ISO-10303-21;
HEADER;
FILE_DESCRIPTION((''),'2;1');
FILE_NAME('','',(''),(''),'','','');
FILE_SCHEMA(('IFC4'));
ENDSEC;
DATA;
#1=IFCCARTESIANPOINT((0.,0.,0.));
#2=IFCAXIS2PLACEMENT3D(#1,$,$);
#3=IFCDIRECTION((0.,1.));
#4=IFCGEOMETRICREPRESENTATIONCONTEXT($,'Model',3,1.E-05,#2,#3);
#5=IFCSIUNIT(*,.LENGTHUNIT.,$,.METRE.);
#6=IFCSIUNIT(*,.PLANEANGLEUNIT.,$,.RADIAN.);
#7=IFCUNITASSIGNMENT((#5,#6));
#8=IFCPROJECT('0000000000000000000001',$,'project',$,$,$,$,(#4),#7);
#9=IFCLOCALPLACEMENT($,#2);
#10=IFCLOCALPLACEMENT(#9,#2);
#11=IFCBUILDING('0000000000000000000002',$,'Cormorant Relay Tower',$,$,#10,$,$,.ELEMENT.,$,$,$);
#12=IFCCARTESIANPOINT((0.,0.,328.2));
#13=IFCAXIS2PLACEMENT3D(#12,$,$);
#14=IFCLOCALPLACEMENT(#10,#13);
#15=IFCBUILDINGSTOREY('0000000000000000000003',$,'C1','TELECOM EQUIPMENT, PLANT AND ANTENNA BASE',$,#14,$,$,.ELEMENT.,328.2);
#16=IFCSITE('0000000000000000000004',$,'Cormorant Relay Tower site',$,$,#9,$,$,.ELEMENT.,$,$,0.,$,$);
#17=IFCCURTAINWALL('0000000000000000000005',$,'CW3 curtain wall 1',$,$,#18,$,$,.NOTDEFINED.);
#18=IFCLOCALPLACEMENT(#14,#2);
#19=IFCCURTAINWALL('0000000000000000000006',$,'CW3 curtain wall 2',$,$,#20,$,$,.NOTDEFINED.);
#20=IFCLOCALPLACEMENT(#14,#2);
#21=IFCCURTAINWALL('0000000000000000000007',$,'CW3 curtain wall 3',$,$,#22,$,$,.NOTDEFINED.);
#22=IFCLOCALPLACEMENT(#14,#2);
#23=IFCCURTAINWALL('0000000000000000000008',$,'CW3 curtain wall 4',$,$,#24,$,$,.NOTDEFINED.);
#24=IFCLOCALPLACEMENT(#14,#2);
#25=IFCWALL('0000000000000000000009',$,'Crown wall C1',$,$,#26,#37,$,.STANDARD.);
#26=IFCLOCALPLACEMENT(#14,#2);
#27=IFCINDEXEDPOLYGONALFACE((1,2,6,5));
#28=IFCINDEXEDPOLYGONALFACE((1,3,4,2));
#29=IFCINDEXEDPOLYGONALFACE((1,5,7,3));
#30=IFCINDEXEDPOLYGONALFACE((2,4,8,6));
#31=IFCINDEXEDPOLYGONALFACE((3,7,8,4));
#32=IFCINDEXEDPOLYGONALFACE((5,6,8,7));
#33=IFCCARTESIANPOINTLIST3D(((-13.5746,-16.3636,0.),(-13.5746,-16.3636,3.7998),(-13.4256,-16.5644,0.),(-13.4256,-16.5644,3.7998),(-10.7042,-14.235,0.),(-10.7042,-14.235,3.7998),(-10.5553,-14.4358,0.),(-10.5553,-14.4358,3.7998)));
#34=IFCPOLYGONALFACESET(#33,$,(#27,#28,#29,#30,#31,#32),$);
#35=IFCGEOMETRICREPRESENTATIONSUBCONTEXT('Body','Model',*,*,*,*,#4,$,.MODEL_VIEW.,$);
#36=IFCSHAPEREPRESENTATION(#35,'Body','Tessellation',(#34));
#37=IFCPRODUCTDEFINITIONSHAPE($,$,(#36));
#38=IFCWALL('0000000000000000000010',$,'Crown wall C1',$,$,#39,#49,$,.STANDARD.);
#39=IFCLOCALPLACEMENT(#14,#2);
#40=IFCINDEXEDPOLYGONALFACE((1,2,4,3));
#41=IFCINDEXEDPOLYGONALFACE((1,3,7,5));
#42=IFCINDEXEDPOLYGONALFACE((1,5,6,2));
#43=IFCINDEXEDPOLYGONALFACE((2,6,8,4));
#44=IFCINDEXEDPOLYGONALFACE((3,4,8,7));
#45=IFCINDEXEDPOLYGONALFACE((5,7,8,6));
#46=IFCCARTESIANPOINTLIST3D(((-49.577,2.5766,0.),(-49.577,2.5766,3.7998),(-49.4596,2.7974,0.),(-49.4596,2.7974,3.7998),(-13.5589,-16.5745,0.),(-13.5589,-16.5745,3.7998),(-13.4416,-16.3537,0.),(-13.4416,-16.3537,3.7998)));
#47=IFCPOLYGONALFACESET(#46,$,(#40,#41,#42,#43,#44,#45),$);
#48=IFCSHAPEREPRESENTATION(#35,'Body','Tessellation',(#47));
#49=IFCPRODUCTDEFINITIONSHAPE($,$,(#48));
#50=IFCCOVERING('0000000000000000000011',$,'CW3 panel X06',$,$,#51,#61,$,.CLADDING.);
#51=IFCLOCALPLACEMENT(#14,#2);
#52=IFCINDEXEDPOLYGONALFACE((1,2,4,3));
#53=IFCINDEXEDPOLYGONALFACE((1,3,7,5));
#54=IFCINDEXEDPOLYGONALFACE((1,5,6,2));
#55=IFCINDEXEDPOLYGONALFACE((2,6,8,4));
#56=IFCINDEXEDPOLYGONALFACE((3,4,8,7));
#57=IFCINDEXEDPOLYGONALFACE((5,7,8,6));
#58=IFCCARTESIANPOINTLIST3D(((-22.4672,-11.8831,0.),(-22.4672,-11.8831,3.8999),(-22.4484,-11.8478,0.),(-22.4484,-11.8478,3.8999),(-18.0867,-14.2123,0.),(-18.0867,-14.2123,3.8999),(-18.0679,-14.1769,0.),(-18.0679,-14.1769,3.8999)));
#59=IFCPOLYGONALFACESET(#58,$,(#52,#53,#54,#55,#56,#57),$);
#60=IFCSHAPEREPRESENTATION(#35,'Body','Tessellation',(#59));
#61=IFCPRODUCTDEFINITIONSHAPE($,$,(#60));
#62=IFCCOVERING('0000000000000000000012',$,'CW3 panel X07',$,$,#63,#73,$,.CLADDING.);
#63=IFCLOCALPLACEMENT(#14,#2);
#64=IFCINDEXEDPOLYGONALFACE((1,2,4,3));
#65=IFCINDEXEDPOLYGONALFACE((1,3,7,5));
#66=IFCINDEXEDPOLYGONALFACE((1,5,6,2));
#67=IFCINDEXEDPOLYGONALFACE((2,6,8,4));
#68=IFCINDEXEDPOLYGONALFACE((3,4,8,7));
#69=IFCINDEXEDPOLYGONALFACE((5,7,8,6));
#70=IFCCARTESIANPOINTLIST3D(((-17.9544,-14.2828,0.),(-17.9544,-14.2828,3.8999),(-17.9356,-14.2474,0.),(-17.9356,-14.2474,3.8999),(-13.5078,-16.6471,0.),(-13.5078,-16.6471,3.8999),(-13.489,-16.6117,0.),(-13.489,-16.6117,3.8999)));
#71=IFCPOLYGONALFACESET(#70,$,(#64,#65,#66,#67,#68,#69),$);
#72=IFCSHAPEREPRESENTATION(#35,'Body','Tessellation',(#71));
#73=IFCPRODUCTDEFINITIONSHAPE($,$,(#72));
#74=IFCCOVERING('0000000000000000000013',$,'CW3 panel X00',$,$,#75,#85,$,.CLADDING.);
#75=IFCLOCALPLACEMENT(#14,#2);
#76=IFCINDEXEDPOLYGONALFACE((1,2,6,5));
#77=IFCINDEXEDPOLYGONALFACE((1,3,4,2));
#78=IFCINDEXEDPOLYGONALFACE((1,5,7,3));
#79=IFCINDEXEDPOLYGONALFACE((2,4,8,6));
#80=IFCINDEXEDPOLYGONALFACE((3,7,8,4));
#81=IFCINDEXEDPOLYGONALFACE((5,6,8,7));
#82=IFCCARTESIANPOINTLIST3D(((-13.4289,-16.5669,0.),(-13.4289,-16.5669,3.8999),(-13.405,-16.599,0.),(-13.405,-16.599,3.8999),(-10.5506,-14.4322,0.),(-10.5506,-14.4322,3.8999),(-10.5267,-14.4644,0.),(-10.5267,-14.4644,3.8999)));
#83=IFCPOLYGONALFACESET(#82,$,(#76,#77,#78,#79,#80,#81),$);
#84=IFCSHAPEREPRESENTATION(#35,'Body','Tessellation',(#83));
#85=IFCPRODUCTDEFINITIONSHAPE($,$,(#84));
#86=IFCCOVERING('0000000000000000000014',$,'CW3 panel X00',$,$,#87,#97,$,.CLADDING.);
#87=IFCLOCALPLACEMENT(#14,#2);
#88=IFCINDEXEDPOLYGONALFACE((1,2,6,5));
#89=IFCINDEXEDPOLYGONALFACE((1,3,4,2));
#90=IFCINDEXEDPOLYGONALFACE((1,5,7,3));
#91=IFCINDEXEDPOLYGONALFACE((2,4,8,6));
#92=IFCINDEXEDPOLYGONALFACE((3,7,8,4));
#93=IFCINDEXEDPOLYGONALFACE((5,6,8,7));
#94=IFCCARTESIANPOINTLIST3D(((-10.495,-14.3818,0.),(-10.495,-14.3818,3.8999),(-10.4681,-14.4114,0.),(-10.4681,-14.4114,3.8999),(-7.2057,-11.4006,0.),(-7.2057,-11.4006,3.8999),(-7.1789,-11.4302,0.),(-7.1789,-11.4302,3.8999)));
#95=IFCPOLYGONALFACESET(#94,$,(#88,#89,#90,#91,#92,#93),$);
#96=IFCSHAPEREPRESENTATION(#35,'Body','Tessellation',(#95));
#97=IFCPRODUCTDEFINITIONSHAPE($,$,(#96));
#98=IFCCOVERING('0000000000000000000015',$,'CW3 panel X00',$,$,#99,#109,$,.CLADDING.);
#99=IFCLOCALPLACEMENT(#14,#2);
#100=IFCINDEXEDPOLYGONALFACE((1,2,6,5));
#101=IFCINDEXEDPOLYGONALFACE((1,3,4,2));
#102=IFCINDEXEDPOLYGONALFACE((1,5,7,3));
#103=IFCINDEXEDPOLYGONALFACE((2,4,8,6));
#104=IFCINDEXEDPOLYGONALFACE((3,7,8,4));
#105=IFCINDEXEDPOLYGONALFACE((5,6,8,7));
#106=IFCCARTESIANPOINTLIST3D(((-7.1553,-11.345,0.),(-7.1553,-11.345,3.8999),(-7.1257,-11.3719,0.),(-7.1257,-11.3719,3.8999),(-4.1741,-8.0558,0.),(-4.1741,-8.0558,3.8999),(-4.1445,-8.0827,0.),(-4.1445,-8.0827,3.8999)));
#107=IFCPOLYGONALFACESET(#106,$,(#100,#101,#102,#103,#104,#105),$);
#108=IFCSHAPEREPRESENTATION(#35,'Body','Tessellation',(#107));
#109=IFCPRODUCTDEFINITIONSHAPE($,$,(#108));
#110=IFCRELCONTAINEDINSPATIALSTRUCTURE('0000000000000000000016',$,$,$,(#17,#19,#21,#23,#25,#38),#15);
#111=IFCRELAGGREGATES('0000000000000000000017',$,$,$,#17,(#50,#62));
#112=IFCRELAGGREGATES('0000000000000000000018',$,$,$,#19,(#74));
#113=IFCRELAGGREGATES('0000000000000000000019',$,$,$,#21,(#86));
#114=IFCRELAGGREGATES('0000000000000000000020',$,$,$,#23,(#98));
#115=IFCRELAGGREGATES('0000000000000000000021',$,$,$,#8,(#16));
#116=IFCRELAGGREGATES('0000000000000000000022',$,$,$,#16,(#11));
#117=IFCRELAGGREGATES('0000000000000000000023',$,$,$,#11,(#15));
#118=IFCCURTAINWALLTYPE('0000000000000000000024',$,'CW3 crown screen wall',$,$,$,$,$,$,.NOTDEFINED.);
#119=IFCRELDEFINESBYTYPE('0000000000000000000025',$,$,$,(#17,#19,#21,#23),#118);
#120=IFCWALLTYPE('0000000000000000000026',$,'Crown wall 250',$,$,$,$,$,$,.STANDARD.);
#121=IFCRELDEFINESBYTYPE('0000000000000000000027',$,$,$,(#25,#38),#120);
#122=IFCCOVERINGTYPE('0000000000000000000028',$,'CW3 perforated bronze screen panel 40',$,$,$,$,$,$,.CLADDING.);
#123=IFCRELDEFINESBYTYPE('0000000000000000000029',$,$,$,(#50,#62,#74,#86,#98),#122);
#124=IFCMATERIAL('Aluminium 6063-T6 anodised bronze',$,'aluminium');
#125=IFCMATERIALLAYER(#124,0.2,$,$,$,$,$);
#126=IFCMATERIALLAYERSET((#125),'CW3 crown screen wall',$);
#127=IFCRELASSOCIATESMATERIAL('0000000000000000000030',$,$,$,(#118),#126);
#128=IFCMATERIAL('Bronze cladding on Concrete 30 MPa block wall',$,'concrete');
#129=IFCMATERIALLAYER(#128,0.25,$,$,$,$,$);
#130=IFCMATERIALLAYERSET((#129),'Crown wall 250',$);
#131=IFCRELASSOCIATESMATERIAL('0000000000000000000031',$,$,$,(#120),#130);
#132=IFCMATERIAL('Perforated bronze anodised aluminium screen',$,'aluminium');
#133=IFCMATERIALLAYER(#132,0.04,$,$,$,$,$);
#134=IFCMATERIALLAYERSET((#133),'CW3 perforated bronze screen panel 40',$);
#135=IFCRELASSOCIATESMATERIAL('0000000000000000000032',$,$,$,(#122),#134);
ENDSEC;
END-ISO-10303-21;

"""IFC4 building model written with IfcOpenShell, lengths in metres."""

from ifc_helpers import new_model, si_unit, direction, frame, frame_2d, origin, origin_2d, place, context, subcontext, project, spatial, rectangle, extrude, material, layer, layer_set, type_object, element, aggregate, save


model = new_model("IFC4")

# Units and contexts
model_context = context("Model", 3, precision=1e-05, world=origin(), true_north=direction((0.0, 1.0)))
body_context = subcontext(model_context, "Body", "Model", "MODEL_VIEW")
ifc_project = project(units=[si_unit("LENGTHUNIT", "METRE"), si_unit("PLANEANGLEUNIT", "RADIAN")], contexts=[model_context])

# Site, building, storey
site_placement = place(None, origin())
site = spatial("IfcSite", under=ifc_project, at=site_placement, Name="Cormorant Relay Tower site", CompositionType="ELEMENT", RefElevation=0.0)
building_placement = place(site_placement, origin())
building = spatial("IfcBuilding", under=site, at=building_placement, Name="Cormorant Relay Tower", CompositionType="ELEMENT")
storey_placement = place(building_placement, frame((0.0, 0.0, 328.2)))
storey = spatial("IfcBuildingStorey", under=building, at=storey_placement, Name="C1", Description="TELECOM EQUIPMENT, PLANT AND ANTENNA BASE", CompositionType="ELEMENT", Elevation=328.2)

# Curtain wall
ifc_material_1 = material(Name="Aluminium 6063-T6 anodised bronze", Category="aluminium")
ifc_layer_1 = layer(ifc_material_1, 0.2)
ifc_layer_set_1 = layer_set([ifc_layer_1], Name="CW3 crown screen wall")
curtain_wall_type = type_object("IfcCurtainWallType", Name="CW3 crown screen wall", PredefinedType="NOTDEFINED", material=ifc_layer_set_1)
curtain_wall_1_placement = place(storey_placement, origin())
curtain_wall_1 = element("IfcCurtainWall", 1, at=curtain_wall_1_placement, inside=storey, type_object=curtain_wall_type, Name="CW3 curtain wall 1", PredefinedType="NOTDEFINED")

# Curtain walls
curtain_wall_2_placement = place(storey_placement, origin())
curtain_wall_2 = element("IfcCurtainWall", 2, at=curtain_wall_2_placement, inside=storey, type_object=curtain_wall_type, Name="CW3 curtain wall 2", PredefinedType="NOTDEFINED")
curtain_wall_3_placement = place(storey_placement, origin())
curtain_wall_3 = element("IfcCurtainWall", 3, at=curtain_wall_3_placement, inside=storey, type_object=curtain_wall_type, Name="CW3 curtain wall 3", PredefinedType="NOTDEFINED")
curtain_wall_4_placement = place(storey_placement, origin())
curtain_wall_4 = element("IfcCurtainWall", 4, at=curtain_wall_4_placement, inside=storey, type_object=curtain_wall_type, Name="CW3 curtain wall 4", PredefinedType="NOTDEFINED")

# Walls
ifc_material_2 = material(Name="Bronze cladding on Concrete 30 MPa block wall", Category="concrete")
ifc_layer_2 = layer(ifc_material_2, 0.25)
ifc_layer_set_2 = layer_set([ifc_layer_2], Name="Crown wall 250")
wall_type = type_object("IfcWallType", Name="Crown wall 250", PredefinedType="STANDARD", material=ifc_layer_set_2)
wall_1_placement = place(storey_placement, frame((-10.6299, -14.3354, 0.0), z_axis=(0.0, 0.0, 1.0), x_axis=(-0.803227, -0.595673, 0.0)))
element("IfcWall", 5, at=wall_1_placement, inside=storey, type_object=wall_type, Name="Crown wall C1", PredefinedType="STANDARD", context=body_context, shape_type="SweptSolid", body=[
    extrude(rectangle(XDim=3.5735, YDim=0.25, at=frame_2d((1.7866, 0.0))), origin(), (0.0, 0.0, 1.0), 3.7998),
])
wall_2_placement = place(storey_placement, frame((-13.5002, -16.4641, 0.0), z_axis=(0.0, 0.0, 1.0), x_axis=(-0.882948, 0.469471, 0.0)))
element("IfcWall", 6, at=wall_2_placement, inside=storey, type_object=wall_type, Name="Crown wall C1", PredefinedType="STANDARD", context=body_context, shape_type="SweptSolid", body=[
    extrude(rectangle(XDim=40.793, YDim=0.25, at=frame_2d((20.3965, 0.0))), origin(), (0.0, 0.0, 1.0), 3.7998),
])

# Coverings
ifc_material_3 = material(Name="Perforated bronze anodised aluminium screen", Category="aluminium")
ifc_layer_3 = layer(ifc_material_3, 0.04)
ifc_layer_set_3 = layer_set([ifc_layer_3], Name="CW3 perforated bronze screen panel 40")
covering_type = type_object("IfcCoveringType", Name="CW3 perforated bronze screen panel 40", PredefinedType="CLADDING", material=ifc_layer_set_3)
covering_1_placement = place(storey_placement, frame((-20.2676, -13.03, 0.0), z_axis=(0.0, 0.0, 1.0), x_axis=(0.882948, -0.469472, 0.0)))
covering_1 = element("IfcCovering", 7, at=covering_1_placement, type_object=covering_type, Name="CW3 panel X06", PredefinedType="CLADDING", context=body_context, shape_type="SweptSolid", body=[
    extrude(rectangle(XDim=4.9612, YDim=0.04, at=origin_2d()), origin(), (0.0, 0.0, 1.0), 3.8999),
])
covering_2_placement = place(storey_placement, frame((-15.7217, -15.4473, 0.0), z_axis=(0.0, 0.0, 1.0), x_axis=(0.882948, -0.469472, 0.0)))
covering_2 = element("IfcCovering", 8, at=covering_2_placement, type_object=covering_type, Name="CW3 panel X07", PredefinedType="CLADDING", context=body_context, shape_type="SweptSolid", body=[
    extrude(rectangle(XDim=5.0361, YDim=0.04, at=origin_2d()), origin(), (0.0, 0.0, 1.0), 3.8999),
])
aggregate(curtain_wall_1, [covering_1, covering_2])
covering_3_placement = place(storey_placement, frame((-11.9778, -15.5156, 0.0), z_axis=(0.0, 0.0, 1.0), x_axis=(0.803208, 0.595699, 0.0)))
covering_3 = element("IfcCovering", 9, at=covering_3_placement, type_object=covering_type, Name="CW3 panel X00", PredefinedType="CLADDING", context=body_context, shape_type="SweptSolid", body=[
    extrude(rectangle(XDim=3.5835, YDim=0.04, at=origin_2d()), origin(), (0.0, 0.0, 1.0), 3.8999),
])
aggregate(curtain_wall_2, [covering_3])
covering_4_placement = place(storey_placement, frame((-8.8369, -12.906, 0.0), z_axis=(0.0, 0.0, 1.0), x_axis=(0.740951, 0.671559, 0.0)))
covering_4 = element("IfcCovering", 10, at=covering_4_placement, type_object=covering_type, Name="CW3 panel X00", PredefinedType="CLADDING", context=body_context, shape_type="SweptSolid", body=[
    extrude(rectangle(XDim=4.4392, YDim=0.04, at=origin_2d()), origin(), (0.0, 0.0, 1.0), 3.8999),
])
aggregate(curtain_wall_3, [covering_4])
covering_5_placement = place(storey_placement, frame((-5.6499, -9.7139, 0.0), z_axis=(0.0, 0.0, 1.0), x_axis=(0.671559, 0.740951, 0.0)))
covering_5 = element("IfcCovering", 11, at=covering_5_placement, type_object=covering_type, Name="CW3 panel X00", PredefinedType="CLADDING", context=body_context, shape_type="SweptSolid", body=[
    extrude(rectangle(XDim=4.4392, YDim=0.04, at=origin_2d()), origin(), (0.0, 0.0, 1.0), 3.8999),
])
aggregate(curtain_wall_4, [covering_5])

save(model, "model.ifc")
